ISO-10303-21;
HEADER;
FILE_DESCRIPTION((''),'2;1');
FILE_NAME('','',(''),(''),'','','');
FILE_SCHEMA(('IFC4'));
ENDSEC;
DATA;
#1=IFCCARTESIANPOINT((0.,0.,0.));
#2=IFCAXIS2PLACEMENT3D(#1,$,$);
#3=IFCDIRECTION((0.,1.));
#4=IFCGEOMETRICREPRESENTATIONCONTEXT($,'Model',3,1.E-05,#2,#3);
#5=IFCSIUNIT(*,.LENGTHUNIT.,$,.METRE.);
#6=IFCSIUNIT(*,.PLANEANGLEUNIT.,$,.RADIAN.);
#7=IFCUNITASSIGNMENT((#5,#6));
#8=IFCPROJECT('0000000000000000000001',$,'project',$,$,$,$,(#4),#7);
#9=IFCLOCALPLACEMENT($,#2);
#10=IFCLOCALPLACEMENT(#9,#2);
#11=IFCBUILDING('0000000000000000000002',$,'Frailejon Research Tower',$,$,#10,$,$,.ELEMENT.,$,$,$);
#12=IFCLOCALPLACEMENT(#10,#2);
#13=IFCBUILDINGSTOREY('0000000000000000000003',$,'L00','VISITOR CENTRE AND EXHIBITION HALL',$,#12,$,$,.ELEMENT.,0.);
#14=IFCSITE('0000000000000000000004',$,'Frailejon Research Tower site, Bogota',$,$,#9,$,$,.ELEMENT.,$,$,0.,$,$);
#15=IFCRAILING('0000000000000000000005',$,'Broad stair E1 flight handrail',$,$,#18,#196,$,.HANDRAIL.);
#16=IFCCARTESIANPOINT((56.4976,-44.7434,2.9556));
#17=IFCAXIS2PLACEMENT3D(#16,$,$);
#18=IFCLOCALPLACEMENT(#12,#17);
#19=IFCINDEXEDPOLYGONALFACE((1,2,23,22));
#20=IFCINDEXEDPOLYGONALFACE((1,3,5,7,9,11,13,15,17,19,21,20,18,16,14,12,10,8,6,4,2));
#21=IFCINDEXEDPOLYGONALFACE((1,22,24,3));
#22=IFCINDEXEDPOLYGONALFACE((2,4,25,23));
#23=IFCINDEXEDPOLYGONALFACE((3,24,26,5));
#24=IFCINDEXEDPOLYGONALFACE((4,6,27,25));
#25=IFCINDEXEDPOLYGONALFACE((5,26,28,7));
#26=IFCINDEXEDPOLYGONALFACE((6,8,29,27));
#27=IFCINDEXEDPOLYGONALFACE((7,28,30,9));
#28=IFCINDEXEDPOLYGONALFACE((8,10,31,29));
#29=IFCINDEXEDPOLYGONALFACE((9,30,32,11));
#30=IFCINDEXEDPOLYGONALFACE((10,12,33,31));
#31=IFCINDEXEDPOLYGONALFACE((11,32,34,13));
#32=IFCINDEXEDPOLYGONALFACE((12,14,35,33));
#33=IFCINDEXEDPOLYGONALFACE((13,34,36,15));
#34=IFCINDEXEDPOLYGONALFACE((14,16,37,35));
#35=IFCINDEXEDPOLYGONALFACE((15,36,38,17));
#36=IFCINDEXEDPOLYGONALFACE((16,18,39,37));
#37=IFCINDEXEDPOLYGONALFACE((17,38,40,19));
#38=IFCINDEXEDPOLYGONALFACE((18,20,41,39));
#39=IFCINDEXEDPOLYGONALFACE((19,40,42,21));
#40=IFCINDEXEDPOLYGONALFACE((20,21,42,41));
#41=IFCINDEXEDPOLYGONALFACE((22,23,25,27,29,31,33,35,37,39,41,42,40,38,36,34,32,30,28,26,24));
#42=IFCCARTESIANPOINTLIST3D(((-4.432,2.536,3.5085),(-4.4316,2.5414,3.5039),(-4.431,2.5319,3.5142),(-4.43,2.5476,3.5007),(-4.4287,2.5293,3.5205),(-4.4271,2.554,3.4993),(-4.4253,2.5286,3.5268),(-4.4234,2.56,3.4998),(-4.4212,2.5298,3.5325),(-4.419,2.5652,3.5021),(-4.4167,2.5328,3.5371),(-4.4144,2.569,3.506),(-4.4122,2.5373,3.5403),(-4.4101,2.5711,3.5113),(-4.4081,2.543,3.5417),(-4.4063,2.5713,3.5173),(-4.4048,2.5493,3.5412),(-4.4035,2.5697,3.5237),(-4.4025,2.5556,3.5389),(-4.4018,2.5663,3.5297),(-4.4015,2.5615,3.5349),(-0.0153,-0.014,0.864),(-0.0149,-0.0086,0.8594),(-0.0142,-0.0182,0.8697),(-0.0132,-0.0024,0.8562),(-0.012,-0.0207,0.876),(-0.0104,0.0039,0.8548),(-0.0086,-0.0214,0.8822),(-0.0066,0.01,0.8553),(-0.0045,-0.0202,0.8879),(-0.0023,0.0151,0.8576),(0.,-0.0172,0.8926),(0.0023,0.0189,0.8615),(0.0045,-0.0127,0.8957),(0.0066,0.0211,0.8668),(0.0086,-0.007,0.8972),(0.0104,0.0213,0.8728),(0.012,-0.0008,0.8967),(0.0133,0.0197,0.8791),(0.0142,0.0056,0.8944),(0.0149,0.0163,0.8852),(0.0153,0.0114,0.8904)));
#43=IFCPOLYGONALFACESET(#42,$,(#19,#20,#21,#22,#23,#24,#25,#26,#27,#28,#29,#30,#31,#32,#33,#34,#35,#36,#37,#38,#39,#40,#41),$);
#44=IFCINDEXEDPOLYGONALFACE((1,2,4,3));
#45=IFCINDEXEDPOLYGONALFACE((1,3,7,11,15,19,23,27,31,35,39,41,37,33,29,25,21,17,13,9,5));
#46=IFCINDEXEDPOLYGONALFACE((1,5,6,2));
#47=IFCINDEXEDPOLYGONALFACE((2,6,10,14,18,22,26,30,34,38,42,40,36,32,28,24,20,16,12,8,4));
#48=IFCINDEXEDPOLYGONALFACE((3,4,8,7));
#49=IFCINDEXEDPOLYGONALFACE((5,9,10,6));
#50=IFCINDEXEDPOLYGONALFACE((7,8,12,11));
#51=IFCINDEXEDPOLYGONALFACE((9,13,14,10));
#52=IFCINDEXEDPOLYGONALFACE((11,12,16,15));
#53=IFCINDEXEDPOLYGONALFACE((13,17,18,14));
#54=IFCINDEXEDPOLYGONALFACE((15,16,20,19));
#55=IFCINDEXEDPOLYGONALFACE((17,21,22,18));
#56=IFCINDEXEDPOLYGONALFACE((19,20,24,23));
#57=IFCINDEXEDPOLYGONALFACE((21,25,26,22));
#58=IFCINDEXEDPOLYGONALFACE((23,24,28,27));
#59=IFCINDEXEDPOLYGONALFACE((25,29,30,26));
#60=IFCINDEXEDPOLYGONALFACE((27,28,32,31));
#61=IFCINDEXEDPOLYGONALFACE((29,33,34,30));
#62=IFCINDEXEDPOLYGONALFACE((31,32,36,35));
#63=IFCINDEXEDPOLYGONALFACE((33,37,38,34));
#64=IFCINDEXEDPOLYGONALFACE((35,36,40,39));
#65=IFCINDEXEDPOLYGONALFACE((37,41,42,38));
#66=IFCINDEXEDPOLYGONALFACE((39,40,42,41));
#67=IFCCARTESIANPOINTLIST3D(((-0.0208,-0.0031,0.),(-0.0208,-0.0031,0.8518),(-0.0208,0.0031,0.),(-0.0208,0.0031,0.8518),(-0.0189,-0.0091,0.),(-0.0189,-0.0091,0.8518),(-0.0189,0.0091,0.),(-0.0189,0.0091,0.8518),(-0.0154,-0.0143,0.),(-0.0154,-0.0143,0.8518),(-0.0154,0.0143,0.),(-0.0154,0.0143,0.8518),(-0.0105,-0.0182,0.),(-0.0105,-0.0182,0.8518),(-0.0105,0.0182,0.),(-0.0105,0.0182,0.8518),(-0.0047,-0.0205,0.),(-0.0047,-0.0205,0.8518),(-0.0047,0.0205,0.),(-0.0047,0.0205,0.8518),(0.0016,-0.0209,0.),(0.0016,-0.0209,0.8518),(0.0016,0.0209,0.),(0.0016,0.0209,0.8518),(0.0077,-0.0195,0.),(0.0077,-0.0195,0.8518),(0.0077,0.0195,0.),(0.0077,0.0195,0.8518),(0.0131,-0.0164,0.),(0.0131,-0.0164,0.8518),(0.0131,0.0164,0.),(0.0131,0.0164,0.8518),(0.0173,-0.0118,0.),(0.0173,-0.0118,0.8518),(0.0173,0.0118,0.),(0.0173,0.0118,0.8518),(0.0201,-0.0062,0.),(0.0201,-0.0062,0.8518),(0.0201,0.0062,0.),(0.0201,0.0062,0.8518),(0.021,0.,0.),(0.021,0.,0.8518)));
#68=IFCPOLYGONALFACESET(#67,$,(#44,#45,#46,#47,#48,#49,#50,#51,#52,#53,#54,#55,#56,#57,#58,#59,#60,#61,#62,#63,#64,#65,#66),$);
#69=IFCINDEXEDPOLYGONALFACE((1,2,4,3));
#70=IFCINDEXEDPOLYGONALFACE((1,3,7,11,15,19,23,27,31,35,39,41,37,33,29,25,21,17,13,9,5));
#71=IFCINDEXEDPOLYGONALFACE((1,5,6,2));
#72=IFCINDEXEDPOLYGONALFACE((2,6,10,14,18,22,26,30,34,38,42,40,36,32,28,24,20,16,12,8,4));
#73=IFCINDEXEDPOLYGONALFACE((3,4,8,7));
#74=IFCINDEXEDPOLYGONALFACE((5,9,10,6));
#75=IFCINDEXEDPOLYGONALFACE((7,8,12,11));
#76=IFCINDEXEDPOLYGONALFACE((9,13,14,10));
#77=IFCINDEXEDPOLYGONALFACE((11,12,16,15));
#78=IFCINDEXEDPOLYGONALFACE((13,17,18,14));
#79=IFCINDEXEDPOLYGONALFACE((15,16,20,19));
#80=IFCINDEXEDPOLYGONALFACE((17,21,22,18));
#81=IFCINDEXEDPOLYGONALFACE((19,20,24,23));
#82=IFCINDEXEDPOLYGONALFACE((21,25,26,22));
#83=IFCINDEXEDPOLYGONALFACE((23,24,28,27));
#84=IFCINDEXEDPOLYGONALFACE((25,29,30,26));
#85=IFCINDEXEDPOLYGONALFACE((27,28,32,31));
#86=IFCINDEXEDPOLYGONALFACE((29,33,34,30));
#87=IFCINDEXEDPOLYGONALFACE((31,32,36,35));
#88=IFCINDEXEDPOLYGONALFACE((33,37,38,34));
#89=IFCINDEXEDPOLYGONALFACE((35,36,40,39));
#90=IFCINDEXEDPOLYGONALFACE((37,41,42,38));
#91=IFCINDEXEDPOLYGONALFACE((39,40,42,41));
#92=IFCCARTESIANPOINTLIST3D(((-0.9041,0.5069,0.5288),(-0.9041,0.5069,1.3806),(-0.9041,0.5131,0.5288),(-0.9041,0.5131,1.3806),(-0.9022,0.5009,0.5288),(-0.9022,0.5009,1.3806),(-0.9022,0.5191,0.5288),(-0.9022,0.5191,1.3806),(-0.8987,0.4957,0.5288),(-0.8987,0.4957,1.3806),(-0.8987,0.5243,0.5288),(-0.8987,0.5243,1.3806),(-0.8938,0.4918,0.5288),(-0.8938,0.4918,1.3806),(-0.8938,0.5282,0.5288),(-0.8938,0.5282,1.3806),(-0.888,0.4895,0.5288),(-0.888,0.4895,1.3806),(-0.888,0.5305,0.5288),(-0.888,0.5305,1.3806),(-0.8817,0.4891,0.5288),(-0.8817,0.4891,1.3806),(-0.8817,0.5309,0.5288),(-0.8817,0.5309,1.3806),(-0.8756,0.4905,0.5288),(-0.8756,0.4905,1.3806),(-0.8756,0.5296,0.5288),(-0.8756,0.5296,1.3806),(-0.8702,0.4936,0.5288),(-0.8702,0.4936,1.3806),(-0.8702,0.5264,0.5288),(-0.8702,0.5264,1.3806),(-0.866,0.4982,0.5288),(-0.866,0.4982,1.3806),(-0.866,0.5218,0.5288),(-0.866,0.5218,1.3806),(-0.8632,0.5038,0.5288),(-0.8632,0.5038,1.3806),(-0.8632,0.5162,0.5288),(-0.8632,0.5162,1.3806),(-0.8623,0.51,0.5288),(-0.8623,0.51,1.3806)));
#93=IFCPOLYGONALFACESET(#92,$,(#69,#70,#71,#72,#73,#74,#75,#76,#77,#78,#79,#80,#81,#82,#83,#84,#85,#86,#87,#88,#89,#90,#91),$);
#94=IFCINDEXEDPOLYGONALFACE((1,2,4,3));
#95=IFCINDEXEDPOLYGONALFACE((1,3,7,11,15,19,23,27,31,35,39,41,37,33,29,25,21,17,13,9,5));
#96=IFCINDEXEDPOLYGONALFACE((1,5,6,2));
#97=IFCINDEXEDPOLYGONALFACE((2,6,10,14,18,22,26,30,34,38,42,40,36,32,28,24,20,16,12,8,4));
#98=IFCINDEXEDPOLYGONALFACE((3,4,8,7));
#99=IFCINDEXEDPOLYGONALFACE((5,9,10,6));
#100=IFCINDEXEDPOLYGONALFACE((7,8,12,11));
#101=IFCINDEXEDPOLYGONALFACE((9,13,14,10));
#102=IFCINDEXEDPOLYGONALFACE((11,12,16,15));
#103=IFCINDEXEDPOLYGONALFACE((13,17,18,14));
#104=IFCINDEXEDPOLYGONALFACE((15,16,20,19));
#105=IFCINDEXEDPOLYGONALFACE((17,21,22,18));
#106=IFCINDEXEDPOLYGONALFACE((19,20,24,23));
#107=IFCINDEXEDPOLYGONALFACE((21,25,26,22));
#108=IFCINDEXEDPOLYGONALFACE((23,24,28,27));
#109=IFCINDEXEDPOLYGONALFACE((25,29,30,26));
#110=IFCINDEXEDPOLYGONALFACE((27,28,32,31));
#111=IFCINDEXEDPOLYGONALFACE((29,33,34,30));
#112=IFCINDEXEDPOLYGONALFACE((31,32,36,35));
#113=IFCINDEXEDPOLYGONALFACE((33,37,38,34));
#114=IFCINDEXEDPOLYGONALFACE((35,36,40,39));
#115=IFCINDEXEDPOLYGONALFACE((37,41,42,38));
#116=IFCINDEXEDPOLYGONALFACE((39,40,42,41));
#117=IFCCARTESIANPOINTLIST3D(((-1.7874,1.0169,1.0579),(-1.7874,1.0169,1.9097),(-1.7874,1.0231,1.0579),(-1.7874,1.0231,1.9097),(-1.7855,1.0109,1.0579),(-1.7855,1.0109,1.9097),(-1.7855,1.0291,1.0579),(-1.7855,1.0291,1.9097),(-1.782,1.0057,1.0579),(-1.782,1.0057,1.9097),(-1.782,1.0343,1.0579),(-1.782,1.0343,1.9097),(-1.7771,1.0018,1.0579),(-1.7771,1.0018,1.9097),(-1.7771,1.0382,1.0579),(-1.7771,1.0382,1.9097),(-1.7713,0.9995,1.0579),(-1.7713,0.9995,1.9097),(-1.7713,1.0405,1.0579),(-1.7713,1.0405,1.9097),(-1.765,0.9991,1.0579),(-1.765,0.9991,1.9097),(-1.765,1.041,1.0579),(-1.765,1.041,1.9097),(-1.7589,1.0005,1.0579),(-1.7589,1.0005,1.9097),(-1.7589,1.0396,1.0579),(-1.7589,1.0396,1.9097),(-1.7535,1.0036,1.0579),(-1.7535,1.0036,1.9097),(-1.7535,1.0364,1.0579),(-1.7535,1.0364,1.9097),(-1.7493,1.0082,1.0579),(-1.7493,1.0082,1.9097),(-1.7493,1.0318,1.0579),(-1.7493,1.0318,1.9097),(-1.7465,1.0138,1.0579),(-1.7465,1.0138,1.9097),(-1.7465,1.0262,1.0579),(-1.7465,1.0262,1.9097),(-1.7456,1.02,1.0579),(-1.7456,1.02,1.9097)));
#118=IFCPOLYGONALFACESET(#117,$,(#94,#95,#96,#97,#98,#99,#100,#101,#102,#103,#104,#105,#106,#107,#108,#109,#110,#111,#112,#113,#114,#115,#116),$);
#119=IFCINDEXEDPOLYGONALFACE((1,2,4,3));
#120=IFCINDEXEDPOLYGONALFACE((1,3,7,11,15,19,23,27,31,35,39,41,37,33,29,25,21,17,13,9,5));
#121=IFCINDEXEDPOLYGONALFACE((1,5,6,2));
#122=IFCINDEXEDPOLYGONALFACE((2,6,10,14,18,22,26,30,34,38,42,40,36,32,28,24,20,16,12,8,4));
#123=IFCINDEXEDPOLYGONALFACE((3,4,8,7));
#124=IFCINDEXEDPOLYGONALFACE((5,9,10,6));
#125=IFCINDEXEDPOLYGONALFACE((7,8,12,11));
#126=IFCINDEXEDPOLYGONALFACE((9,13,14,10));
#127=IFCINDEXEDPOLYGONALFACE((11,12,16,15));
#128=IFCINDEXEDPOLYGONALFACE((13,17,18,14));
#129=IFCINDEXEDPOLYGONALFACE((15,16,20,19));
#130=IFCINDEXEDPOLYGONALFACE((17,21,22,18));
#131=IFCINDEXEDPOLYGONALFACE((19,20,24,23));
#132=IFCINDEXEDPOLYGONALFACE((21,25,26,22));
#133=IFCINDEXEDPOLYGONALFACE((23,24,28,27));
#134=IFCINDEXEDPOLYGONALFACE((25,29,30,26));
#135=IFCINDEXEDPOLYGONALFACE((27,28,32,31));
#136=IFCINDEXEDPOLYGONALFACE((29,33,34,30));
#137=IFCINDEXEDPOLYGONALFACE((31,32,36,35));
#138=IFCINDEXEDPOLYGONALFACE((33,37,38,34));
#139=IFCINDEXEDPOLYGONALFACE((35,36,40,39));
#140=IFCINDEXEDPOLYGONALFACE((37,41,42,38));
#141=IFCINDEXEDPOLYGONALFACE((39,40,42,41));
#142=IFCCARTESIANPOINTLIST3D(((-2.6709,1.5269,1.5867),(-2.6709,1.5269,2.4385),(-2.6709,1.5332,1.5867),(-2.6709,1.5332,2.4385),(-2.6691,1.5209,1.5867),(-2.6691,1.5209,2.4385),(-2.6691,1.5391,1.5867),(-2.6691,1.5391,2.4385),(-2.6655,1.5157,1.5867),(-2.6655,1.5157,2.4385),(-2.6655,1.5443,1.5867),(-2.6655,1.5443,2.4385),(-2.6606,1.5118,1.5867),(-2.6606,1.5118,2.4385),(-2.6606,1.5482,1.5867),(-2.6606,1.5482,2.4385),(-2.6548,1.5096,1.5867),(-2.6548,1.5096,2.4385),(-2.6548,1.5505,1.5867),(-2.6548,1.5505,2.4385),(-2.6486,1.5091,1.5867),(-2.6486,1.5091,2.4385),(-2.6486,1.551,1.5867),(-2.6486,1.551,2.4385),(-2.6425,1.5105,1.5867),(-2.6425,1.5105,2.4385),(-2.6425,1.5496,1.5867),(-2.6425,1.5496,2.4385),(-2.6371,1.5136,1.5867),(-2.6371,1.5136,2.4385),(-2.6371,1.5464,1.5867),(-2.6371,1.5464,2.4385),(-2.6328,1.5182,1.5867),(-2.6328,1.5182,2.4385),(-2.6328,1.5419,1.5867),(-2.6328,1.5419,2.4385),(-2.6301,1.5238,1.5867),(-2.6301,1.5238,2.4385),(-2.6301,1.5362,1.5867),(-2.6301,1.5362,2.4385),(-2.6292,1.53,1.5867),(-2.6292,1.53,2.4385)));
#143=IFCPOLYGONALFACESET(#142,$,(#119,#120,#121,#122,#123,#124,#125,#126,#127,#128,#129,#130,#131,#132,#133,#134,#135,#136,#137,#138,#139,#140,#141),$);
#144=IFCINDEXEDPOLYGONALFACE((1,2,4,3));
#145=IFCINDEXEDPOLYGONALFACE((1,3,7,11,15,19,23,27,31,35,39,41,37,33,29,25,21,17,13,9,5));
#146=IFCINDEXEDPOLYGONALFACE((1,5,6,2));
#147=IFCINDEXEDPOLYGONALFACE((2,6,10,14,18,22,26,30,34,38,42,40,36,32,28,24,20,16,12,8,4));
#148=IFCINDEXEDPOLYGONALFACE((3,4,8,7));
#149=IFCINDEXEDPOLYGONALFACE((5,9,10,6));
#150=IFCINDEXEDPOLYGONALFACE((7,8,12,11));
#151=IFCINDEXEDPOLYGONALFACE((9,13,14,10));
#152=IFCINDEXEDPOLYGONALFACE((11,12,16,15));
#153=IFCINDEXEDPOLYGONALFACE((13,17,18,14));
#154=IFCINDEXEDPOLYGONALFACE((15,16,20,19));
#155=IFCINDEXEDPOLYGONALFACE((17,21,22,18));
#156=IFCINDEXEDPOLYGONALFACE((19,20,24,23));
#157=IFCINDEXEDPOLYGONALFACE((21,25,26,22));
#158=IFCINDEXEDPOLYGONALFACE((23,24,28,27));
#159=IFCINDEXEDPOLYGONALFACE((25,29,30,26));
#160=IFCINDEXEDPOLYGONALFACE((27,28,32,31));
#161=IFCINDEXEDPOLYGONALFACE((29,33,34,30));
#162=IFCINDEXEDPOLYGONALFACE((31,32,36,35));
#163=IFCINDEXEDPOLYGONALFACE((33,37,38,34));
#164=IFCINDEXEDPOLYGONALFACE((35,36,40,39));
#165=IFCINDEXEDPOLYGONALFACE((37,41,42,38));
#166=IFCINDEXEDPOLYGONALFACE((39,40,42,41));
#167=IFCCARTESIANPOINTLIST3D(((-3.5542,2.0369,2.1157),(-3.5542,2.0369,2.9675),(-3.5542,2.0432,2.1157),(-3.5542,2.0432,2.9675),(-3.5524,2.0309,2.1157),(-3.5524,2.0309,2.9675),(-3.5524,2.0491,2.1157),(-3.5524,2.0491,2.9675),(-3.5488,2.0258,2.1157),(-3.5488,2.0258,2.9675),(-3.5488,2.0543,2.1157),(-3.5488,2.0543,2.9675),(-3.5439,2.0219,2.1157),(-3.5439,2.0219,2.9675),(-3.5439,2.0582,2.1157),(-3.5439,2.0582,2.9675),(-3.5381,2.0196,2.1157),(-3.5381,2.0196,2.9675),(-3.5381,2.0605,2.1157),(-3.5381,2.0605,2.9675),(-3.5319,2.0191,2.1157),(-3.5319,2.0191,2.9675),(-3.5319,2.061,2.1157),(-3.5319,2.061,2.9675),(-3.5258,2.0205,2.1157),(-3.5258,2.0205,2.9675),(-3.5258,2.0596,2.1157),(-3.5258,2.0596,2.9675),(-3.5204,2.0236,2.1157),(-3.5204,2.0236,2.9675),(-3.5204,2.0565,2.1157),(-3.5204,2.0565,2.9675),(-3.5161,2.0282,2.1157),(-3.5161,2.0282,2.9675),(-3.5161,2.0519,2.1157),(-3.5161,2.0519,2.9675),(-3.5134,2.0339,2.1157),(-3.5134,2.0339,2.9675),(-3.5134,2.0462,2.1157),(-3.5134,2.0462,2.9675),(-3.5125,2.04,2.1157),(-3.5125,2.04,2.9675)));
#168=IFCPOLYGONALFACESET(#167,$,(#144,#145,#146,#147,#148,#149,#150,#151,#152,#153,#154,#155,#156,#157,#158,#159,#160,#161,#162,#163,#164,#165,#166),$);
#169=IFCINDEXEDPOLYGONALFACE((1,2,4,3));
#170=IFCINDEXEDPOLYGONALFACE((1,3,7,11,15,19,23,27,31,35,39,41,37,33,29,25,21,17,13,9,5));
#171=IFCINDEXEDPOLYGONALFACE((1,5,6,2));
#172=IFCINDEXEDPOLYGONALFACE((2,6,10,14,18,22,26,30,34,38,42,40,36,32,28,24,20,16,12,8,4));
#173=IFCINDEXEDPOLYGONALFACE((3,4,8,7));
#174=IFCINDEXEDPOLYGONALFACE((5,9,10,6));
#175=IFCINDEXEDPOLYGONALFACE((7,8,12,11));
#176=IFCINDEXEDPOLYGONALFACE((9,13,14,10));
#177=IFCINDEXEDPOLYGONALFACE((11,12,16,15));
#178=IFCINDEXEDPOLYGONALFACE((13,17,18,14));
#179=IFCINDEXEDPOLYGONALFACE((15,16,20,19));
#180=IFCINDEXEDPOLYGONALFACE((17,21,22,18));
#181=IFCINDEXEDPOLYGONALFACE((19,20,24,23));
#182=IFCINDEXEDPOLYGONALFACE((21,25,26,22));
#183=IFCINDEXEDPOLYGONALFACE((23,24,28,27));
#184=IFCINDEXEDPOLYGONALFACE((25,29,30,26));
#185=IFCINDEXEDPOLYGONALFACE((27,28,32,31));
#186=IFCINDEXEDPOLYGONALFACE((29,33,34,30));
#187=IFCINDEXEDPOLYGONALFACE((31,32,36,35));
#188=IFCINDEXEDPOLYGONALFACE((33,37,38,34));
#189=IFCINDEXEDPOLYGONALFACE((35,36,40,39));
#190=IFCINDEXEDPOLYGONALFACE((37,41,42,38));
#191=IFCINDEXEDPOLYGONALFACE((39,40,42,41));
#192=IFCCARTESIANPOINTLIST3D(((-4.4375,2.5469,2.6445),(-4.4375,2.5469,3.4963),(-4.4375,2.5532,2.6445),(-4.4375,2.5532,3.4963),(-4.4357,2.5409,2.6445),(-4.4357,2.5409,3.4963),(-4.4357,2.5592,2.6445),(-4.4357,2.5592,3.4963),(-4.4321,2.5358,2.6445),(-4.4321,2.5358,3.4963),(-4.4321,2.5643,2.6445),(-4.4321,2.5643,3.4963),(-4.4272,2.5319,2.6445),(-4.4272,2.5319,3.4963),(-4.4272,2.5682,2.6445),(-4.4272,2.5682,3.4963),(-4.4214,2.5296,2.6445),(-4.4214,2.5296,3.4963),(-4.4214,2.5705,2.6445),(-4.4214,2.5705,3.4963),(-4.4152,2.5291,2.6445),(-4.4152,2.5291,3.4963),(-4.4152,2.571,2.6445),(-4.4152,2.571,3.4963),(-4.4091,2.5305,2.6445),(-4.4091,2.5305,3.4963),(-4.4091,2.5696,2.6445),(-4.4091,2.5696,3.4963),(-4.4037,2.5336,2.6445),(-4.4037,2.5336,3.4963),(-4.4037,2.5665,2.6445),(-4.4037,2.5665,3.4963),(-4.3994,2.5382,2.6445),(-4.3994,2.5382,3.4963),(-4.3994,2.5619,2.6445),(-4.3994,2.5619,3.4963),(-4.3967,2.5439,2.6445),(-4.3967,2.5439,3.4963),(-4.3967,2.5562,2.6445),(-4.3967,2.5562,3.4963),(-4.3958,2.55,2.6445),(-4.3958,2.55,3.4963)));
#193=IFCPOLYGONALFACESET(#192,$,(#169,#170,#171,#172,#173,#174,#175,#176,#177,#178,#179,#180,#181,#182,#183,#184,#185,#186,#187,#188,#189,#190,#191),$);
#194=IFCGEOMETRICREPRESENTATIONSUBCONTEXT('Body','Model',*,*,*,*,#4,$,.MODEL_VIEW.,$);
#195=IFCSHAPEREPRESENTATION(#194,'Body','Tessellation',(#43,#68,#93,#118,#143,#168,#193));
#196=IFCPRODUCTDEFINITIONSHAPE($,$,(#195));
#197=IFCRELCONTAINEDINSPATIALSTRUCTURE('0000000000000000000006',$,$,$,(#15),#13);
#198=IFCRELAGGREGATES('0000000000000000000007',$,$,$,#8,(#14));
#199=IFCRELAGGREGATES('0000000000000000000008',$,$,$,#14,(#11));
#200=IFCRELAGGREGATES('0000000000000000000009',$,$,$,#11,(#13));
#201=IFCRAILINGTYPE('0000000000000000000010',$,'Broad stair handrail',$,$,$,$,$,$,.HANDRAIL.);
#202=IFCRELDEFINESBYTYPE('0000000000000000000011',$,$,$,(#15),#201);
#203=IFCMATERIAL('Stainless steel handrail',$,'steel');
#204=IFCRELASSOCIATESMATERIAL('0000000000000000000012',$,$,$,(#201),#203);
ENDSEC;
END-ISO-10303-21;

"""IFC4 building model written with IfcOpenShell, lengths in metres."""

from ifc_helpers import new_model, si_unit, direction, frame, origin, origin_2d, place, context, subcontext, project, spatial, circle, extrude, material, type_object, element, save


model = new_model("IFC4")

# Units and contexts
model_context = context("Model", 3, precision=1e-05, world=origin(), true_north=direction((0.0, 1.0)))
body_context = subcontext(model_context, "Body", "Model", "MODEL_VIEW")
ifc_project = project(units=[si_unit("LENGTHUNIT", "METRE"), si_unit("PLANEANGLEUNIT", "RADIAN")], contexts=[model_context])

# Site, building, storey
site_placement = place(None, origin())
site = spatial("IfcSite", under=ifc_project, at=site_placement, Name="Frailejon Research Tower site, Bogota", CompositionType="ELEMENT", RefElevation=0.0)
building_placement = place(site_placement, origin())
building = spatial("IfcBuilding", under=site, at=building_placement, Name="Frailejon Research Tower", CompositionType="ELEMENT")
storey_placement = place(building_placement, origin())
storey = spatial("IfcBuildingStorey", under=building, at=storey_placement, Name="L00", Description="VISITOR CENTRE AND EXHIBITION HALL", CompositionType="ELEMENT", Elevation=0.0)

# Railing
ifc_material_1 = material(Name="Stainless steel handrail", Category="steel")
railing_type_1 = type_object("IfcRailingType", Name="Broad stair handrail", PredefinedType="HANDRAIL", material=ifc_material_1)
for number, where, name in (
    (1, (56.4976, -44.7434, 2.9556), "Broad stair E1 flight handrail"),
):
    element("IfcRailing", number, at=place(storey_placement, frame(where)), inside=storey, type_object=railing_type_1, Name=name, PredefinedType="HANDRAIL", context=body_context, shape_type="SweptSolid", body=[
        extrude(circle(Radius=0.0239, at=origin_2d()), frame((0.0, 0.0, 0.876), z_axis=(-0.768811, 0.44388, 0.460326), x_axis=(-0.500006, -0.866022, 0.0)), (0.0, 0.0, 1.0), 5.7449),
        extrude(circle(Radius=0.021, at=origin_2d()), origin(), (0.0, 0.0, 1.0), 0.8518),
        extrude(circle(Radius=0.021, at=origin_2d()), frame((-0.8833, 0.51, 0.5288)), (0.0, 0.0, 1.0), 0.8518),
        extrude(circle(Radius=0.021, at=origin_2d()), frame((-1.7666, 1.02, 1.0579)), (0.0, 0.0, 1.0), 0.8518),
        extrude(circle(Radius=0.021, at=origin_2d()), frame((-2.6501, 1.53, 1.5867)), (0.0, 0.0, 1.0), 0.8518),
        extrude(circle(Radius=0.021, at=origin_2d()), frame((-3.5334, 2.04, 2.1157)), (0.0, 0.0, 1.0), 0.8518),
        extrude(circle(Radius=0.021, at=origin_2d()), frame((-4.4167, 2.55, 2.6445)), (0.0, 0.0, 1.0), 0.8518),
    ])

save(model, "model.ifc")
